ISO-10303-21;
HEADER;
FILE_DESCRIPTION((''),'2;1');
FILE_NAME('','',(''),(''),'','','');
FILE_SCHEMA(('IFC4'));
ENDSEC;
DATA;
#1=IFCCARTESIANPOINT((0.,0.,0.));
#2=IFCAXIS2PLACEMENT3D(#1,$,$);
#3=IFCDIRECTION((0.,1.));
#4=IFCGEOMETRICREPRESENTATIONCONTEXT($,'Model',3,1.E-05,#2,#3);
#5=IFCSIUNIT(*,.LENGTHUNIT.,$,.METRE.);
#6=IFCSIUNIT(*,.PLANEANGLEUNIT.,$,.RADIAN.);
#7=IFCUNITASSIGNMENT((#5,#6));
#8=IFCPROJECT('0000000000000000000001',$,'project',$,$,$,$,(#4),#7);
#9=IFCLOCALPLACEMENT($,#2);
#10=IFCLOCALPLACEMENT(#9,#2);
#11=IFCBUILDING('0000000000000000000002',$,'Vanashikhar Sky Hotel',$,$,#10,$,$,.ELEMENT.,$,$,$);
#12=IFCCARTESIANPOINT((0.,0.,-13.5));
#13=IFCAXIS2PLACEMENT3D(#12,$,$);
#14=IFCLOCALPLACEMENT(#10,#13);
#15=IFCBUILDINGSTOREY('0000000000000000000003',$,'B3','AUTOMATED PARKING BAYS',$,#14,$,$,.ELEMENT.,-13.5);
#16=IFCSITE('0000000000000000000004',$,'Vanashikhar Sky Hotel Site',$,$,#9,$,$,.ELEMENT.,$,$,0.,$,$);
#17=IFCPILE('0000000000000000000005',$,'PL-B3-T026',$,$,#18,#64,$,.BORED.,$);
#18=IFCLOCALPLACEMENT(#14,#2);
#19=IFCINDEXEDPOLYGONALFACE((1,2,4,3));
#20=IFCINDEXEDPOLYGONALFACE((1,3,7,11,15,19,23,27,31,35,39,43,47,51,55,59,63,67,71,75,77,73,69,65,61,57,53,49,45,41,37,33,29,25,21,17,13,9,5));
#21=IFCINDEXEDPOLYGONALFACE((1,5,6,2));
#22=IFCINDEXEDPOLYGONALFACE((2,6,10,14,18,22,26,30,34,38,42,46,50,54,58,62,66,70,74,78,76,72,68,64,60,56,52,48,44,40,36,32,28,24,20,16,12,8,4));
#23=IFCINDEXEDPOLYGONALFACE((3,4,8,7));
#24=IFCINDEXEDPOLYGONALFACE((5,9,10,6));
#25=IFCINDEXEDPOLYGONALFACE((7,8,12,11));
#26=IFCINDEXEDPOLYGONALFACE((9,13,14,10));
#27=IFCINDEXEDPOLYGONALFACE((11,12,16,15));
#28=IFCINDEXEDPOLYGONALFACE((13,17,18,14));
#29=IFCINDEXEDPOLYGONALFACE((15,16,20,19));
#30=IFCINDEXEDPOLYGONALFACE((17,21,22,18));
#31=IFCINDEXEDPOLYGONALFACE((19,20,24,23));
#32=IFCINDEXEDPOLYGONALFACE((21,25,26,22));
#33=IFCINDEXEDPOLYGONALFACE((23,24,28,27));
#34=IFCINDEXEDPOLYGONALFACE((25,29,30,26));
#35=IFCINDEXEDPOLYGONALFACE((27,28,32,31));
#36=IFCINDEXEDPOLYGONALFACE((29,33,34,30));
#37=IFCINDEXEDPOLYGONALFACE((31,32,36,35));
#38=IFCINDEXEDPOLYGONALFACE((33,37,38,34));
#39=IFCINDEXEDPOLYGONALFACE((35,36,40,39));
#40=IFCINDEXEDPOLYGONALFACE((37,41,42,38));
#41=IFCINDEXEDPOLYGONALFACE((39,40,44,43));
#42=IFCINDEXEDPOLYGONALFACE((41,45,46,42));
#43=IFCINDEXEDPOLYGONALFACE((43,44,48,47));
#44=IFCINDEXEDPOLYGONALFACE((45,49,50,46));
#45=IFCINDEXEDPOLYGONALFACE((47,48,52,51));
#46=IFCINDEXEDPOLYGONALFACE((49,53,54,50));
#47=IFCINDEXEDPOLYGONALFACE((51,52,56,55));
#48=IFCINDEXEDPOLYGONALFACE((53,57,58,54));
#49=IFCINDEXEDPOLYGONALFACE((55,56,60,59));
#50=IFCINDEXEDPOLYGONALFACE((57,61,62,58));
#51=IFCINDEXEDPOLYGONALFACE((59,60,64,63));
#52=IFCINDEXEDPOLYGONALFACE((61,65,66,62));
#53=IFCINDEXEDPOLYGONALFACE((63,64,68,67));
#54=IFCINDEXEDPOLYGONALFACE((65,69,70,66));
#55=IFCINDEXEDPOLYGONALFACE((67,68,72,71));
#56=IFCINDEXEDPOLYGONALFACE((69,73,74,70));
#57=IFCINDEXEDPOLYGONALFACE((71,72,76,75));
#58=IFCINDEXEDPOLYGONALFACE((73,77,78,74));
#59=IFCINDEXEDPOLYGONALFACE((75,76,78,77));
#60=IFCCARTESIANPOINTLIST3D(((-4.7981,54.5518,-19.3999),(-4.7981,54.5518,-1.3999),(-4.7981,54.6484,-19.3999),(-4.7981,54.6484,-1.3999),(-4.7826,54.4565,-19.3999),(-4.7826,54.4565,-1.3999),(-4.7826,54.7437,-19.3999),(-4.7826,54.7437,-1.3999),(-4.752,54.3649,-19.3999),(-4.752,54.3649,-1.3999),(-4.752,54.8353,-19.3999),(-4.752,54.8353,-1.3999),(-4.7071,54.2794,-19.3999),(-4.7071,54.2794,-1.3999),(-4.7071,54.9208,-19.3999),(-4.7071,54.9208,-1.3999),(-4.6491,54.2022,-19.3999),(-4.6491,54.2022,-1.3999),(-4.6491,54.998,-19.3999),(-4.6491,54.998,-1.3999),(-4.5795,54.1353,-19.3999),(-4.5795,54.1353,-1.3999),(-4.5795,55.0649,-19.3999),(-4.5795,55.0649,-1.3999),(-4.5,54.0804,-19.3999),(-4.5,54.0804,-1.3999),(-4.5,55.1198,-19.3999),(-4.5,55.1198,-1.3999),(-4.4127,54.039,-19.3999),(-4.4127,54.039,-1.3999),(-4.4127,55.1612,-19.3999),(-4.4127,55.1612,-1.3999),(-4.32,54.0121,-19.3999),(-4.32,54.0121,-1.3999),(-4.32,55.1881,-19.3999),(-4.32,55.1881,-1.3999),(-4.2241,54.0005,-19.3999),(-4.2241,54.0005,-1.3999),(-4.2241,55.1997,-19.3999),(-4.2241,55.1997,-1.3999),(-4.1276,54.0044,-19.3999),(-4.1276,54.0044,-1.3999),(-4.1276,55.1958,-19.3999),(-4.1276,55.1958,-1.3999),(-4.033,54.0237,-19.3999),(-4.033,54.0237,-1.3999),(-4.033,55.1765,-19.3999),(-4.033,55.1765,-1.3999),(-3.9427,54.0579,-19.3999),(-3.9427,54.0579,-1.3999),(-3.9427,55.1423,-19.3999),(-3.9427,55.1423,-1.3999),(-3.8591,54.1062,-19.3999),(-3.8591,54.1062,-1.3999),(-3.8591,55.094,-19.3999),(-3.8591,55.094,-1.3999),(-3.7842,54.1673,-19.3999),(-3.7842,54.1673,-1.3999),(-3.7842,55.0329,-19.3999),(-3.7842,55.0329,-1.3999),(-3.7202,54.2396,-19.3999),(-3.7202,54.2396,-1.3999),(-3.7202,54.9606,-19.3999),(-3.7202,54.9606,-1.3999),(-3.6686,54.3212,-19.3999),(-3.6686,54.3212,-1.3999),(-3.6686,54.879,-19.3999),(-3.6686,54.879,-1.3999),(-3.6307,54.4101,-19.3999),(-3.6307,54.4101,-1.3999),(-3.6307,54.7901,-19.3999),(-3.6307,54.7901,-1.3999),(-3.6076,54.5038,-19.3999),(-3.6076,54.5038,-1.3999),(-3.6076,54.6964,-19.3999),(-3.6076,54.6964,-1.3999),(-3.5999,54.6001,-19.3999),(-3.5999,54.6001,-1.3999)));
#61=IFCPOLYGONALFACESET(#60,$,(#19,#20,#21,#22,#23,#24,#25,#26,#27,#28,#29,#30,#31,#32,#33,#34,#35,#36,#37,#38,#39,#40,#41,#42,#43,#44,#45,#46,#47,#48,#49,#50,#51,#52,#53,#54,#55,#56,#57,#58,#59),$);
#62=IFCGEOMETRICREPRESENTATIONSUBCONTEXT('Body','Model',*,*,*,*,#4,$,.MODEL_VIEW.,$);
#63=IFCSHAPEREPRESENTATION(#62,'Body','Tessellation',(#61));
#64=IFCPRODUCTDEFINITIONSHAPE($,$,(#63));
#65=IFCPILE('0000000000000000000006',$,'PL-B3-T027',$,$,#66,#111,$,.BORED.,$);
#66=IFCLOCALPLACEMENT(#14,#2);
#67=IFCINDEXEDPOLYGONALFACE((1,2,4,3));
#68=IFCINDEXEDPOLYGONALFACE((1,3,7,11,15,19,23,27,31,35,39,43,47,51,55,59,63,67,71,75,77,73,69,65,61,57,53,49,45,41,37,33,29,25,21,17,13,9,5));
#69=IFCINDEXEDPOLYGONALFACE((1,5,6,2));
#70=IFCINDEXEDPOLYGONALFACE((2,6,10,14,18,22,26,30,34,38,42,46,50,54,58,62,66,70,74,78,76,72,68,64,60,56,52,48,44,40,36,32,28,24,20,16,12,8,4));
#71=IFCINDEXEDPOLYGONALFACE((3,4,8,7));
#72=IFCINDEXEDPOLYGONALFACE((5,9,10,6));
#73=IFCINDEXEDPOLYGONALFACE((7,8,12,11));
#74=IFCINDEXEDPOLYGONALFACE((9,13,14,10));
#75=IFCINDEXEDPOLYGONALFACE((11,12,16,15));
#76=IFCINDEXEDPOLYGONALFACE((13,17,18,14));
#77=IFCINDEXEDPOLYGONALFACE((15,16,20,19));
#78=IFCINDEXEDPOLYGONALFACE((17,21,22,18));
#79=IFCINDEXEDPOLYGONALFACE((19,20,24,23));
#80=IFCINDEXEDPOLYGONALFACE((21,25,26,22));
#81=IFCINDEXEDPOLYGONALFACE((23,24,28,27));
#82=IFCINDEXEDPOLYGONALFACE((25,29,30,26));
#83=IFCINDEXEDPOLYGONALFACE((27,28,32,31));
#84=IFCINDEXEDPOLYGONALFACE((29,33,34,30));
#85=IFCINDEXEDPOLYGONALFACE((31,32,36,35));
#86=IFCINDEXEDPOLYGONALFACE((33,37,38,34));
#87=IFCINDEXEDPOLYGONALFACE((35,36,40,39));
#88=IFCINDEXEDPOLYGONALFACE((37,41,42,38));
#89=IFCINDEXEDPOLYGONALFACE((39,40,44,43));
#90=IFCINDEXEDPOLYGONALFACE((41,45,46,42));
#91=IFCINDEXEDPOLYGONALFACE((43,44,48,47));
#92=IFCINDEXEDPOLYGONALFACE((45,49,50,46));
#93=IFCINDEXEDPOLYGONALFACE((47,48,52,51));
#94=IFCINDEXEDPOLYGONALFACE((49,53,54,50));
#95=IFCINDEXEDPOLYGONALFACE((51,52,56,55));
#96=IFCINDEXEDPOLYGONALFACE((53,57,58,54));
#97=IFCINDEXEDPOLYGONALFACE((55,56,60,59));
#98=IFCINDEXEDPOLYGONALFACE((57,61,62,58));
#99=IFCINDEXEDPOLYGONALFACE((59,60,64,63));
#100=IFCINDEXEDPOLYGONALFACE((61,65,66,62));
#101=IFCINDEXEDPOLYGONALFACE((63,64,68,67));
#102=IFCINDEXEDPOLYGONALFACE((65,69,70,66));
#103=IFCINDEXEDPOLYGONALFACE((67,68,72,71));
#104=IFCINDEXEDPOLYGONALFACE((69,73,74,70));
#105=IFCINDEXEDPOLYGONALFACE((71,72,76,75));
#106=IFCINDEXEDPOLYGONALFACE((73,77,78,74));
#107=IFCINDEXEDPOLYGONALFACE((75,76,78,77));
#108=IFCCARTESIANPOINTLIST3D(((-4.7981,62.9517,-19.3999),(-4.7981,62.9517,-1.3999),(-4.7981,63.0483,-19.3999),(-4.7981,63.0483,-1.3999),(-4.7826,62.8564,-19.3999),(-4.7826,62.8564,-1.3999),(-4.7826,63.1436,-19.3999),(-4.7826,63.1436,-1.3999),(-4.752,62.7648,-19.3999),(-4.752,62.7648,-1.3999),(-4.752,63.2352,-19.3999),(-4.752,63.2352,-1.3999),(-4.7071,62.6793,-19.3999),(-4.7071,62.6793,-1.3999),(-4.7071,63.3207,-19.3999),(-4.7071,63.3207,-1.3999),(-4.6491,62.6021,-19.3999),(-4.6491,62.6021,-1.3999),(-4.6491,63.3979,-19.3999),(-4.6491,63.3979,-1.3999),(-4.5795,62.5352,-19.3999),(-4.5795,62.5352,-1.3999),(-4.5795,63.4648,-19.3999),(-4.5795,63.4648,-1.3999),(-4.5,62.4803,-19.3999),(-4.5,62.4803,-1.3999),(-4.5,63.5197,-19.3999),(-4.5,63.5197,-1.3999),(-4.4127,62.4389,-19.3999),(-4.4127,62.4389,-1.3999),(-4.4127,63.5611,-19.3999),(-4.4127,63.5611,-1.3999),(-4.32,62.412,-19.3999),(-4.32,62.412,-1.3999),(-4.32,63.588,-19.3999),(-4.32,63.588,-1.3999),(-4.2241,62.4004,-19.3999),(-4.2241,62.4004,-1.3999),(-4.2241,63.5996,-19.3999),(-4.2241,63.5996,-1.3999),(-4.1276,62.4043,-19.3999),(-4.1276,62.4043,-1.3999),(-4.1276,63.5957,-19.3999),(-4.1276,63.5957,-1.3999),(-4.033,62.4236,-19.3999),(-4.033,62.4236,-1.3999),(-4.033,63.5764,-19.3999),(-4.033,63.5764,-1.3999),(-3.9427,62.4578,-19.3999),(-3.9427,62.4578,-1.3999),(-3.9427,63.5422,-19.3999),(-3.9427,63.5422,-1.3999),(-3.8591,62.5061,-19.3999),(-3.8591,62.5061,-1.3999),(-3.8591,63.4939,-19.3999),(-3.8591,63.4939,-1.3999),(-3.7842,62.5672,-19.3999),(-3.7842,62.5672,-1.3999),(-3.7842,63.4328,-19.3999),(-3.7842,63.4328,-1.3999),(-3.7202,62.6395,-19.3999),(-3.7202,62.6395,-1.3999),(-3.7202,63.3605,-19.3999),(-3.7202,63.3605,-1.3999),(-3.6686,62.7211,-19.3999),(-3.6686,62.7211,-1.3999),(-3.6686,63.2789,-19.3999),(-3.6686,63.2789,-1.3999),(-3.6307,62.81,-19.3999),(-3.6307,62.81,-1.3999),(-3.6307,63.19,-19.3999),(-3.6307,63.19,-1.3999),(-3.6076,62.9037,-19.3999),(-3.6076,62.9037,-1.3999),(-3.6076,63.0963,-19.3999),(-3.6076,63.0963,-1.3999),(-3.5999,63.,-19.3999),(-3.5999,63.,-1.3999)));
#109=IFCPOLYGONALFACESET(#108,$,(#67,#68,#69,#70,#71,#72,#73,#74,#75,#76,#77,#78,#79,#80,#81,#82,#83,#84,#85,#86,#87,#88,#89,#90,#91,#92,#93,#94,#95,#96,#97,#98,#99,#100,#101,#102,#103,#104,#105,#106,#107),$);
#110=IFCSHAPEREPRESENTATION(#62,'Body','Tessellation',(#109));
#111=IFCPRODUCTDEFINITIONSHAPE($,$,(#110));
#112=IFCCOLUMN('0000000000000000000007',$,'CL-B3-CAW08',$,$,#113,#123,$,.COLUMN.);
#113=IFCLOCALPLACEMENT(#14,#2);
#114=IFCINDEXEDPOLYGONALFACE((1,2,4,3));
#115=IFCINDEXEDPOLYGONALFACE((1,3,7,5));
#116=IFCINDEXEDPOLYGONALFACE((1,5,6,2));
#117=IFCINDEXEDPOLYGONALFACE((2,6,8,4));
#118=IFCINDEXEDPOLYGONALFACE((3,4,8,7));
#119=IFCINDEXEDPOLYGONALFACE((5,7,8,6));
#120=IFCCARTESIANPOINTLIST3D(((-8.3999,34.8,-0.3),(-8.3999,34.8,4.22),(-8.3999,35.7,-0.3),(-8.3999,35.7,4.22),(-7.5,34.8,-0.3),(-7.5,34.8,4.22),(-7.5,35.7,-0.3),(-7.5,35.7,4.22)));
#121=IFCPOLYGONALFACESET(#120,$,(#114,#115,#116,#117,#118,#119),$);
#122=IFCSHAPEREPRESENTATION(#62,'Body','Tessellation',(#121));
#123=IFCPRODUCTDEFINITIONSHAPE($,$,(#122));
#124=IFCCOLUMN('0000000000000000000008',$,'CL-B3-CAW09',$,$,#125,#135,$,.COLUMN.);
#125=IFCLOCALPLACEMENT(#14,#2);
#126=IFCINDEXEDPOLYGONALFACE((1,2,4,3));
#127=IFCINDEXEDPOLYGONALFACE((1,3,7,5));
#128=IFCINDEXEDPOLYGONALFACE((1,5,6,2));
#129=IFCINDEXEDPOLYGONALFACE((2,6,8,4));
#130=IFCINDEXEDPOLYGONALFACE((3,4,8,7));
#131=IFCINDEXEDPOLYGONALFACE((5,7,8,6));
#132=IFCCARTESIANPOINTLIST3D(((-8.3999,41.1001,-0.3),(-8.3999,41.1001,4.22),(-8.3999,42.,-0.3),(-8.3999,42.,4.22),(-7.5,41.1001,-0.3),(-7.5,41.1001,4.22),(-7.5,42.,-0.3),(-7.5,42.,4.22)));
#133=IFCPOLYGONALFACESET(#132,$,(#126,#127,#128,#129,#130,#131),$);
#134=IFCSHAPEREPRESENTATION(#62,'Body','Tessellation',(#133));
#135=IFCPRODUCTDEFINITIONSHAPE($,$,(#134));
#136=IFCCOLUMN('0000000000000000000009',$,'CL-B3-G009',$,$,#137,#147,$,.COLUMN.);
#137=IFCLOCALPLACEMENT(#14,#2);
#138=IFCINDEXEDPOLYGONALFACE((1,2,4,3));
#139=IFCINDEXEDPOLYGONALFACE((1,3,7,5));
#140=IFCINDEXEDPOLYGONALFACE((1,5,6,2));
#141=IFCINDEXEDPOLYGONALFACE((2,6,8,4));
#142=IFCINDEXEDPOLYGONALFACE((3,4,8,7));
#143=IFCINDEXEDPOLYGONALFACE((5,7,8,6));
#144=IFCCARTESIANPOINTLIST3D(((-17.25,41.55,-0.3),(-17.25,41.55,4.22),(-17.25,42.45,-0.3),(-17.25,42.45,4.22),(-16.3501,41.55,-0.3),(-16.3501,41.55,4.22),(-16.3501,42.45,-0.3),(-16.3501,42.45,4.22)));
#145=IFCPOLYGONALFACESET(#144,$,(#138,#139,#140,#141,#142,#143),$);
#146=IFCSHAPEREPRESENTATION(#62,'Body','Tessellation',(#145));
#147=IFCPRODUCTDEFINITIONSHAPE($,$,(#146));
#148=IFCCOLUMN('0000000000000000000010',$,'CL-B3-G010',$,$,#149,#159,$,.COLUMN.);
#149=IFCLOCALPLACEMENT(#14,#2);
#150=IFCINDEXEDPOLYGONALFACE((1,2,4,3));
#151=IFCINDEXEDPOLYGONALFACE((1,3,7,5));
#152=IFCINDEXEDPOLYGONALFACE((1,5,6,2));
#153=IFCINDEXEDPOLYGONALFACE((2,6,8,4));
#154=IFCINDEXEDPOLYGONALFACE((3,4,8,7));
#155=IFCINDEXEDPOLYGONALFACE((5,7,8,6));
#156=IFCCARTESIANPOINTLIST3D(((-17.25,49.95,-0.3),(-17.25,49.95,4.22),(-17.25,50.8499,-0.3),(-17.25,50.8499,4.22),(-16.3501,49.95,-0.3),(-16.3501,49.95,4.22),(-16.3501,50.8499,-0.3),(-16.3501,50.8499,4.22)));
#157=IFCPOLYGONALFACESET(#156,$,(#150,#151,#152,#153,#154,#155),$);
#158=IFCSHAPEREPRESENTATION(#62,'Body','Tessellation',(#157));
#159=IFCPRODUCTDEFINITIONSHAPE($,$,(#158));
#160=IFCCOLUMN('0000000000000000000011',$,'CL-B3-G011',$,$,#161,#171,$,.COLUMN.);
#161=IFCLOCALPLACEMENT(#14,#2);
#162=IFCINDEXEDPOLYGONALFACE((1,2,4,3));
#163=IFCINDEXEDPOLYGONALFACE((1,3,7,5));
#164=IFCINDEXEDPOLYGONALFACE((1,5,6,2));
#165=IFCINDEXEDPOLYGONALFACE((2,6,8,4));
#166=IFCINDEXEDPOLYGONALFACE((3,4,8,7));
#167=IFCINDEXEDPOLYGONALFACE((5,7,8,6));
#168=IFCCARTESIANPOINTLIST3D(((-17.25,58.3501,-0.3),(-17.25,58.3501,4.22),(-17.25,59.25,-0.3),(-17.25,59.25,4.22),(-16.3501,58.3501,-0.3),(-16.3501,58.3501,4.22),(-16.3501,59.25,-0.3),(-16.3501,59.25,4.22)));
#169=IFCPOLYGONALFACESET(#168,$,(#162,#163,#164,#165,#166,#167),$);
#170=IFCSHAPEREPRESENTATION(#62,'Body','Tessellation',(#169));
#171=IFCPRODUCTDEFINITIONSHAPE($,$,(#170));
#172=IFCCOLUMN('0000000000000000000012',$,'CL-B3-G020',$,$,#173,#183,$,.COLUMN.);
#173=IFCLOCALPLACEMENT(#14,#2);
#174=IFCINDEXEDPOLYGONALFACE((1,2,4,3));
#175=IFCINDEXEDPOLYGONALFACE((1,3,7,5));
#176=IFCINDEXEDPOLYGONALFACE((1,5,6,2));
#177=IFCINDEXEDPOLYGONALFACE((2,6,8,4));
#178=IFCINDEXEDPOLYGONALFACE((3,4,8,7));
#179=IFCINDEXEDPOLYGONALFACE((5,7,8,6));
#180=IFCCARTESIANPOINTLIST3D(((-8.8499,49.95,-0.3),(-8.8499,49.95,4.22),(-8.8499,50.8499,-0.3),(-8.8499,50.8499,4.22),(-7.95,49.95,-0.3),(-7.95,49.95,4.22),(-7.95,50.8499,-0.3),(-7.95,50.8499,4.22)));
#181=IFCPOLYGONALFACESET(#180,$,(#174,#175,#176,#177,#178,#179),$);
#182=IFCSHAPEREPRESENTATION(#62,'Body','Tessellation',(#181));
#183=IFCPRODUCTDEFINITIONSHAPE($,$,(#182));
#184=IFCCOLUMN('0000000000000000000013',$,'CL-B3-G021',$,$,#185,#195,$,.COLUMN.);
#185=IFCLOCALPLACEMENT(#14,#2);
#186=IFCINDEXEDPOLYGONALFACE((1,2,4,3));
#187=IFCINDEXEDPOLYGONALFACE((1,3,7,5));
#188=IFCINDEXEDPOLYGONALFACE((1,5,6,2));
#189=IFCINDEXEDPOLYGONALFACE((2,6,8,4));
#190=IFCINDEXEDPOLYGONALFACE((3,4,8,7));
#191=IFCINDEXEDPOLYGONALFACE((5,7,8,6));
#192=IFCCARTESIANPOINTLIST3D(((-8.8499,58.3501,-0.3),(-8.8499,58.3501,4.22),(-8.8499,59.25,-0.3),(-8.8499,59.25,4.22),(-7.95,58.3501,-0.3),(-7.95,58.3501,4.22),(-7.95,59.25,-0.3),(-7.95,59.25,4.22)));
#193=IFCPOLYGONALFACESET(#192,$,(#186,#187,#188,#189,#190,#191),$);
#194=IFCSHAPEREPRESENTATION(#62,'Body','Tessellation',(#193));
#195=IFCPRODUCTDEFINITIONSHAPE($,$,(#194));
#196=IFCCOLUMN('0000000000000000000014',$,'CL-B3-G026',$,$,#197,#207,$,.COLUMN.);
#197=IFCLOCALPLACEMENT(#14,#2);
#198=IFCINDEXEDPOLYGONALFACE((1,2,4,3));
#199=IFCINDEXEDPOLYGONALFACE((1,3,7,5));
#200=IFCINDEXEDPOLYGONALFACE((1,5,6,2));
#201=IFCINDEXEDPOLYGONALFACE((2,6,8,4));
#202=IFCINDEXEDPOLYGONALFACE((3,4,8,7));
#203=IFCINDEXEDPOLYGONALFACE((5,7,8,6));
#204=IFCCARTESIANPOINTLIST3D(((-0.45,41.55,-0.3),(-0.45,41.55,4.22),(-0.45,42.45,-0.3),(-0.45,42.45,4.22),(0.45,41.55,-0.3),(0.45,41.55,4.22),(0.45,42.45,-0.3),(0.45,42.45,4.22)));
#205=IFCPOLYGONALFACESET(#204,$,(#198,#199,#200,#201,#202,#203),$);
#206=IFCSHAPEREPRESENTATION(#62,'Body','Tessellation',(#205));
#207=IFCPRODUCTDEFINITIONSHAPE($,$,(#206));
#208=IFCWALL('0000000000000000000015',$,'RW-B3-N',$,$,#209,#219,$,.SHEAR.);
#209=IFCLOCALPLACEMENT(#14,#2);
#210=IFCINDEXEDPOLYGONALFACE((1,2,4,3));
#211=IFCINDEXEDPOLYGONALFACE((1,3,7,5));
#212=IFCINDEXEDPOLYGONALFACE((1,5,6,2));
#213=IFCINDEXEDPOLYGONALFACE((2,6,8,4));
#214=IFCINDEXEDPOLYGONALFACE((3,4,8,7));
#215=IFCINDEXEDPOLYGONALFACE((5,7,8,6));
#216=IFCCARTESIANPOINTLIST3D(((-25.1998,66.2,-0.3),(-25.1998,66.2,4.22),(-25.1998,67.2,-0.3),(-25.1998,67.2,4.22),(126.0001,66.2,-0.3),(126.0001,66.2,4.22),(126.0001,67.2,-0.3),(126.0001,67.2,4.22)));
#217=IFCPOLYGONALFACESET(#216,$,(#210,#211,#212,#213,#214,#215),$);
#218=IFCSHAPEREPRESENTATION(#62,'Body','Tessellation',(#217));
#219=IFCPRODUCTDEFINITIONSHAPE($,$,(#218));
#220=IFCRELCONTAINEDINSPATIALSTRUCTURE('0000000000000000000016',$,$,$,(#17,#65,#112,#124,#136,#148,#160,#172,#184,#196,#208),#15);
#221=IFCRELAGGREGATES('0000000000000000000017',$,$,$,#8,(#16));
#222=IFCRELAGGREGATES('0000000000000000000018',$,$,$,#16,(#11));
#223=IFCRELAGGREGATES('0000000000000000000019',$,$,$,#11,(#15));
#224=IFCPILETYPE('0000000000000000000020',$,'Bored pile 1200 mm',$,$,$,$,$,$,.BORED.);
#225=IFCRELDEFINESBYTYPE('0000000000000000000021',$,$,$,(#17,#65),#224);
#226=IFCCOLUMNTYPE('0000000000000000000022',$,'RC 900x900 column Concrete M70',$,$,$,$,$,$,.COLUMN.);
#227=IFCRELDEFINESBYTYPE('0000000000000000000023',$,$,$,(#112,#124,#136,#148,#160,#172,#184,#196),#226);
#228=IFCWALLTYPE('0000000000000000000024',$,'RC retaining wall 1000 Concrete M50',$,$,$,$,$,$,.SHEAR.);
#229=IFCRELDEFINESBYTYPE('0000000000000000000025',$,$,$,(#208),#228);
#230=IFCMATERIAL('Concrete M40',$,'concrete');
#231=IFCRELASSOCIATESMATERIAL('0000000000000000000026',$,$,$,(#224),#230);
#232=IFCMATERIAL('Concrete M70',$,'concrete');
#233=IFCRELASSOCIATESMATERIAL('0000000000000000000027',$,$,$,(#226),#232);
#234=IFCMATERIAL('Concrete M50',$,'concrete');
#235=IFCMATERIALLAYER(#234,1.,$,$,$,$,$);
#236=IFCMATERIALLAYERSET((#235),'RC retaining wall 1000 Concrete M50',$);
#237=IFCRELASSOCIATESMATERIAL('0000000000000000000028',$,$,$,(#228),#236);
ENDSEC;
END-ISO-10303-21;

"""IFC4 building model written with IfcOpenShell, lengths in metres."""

from ifc_helpers import new_model, si_unit, direction, frame, frame_2d, origin, origin_2d, place, context, subcontext, project, spatial, rectangle, circle, extrude, source, transform, mapped, material, layer, layer_set, material_profile, profile_set, type_object, element, save


model = new_model("IFC4")

# Units and contexts
model_context = context("Model", 3, precision=1e-05, world=origin(), true_north=direction((0.0, 1.0)))
body_context = subcontext(model_context, "Body", "Model", "MODEL_VIEW")
ifc_project = project(units=[si_unit("LENGTHUNIT", "METRE"), si_unit("PLANEANGLEUNIT", "RADIAN")], contexts=[model_context])

# Site, building, storey
site_placement = place(None, origin())
site = spatial("IfcSite", under=ifc_project, at=site_placement, Name="Vanashikhar Sky Hotel Site", CompositionType="ELEMENT", RefElevation=0.0)
building_placement = place(site_placement, origin())
building = spatial("IfcBuilding", under=site, at=building_placement, Name="Vanashikhar Sky Hotel", CompositionType="ELEMENT")
storey_placement = place(building_placement, frame((0.0, 0.0, -13.5)))
storey = spatial("IfcBuildingStorey", under=building, at=storey_placement, Name="B3", Description="AUTOMATED PARKING BAYS", CompositionType="ELEMENT", Elevation=-13.5)

# Piles
ifc_material_1 = material(Name="Concrete M40", Category="concrete")
pile_type_1 = type_object("IfcPileType", Name="Bored pile 1200 mm", PredefinedType="BORED", material=ifc_material_1)
shared_shape_1 = source(origin(), body_context, "Body", "SweptSolid", [
    extrude(circle(Radius=0.6001, at=origin_2d()), origin(), (0.0, 0.0, 1.0), 18.0),
])
for number, where, z_axis, x_axis, name in (
    (1, (-4.2, 54.6001, -1.3999), (0.0, 0.0, -1.0), (1.0, 0.0, 0.0), "PL-B3-T026"),
    (2, (-4.2, 63.0, -1.3999), (0.0, 0.0, -1.0), (1.0, 0.0, 0.0), "PL-B3-T027"),
):
    element("IfcPile", number, at=place(storey_placement, frame(where, z_axis=z_axis, x_axis=x_axis)), inside=storey, type_object=pile_type_1, Name=name, PredefinedType="BORED", context=body_context, shape_type="MappedRepresentation", body=[
        mapped(shared_shape_1, transform((0.0, 0.0, 0.0), scale=1.0)),
    ])

# Columns
ifc_material_2 = material(Name="Concrete M70", Category="concrete")
ifc_material_profile = material_profile(ifc_material_2, rectangle(XDim=0.8999, YDim=0.8999, at=origin_2d()))
ifc_profile_set = profile_set([ifc_material_profile], Name="RC 900x900 column Concrete M70")
column_type = type_object("IfcColumnType", Name="RC 900x900 column Concrete M70", PredefinedType="COLUMN", material=ifc_profile_set)
shared_shape_2 = source(origin(), body_context, "Body", "SweptSolid", [
    extrude(rectangle(XDim=0.8999, YDim=0.8999, at=origin_2d()), origin(), (0.0, 0.0, 1.0), 4.52),
])
for number, where, z_axis, x_axis, name in (
    (3, (-7.95, 35.25, -0.3), (0.0, 0.0, 1.0), (1.0, 0.0, 0.0), "CL-B3-CAW08"),
    (4, (-7.95, 41.55, -0.3), (0.0, 0.0, 1.0), (1.0, 0.0, 0.0), "CL-B3-CAW09"),
    (5, (-16.8, 42.0, -0.3), (0.0, 0.0, 1.0), (1.0, 0.0, 0.0), "CL-B3-G009"),
    (6, (-16.8, 50.3999, -0.3), (0.0, 0.0, 1.0), (1.0, 0.0, 0.0), "CL-B3-G010"),
    (7, (-16.8, 58.8, -0.3), (0.0, 0.0, 1.0), (1.0, 0.0, 0.0), "CL-B3-G011"),
    (8, (-8.3999, 50.3999, -0.3), (0.0, 0.0, 1.0), (1.0, 0.0, 0.0), "CL-B3-G020"),
    (9, (-8.3999, 58.8, -0.3), (0.0, 0.0, 1.0), (1.0, 0.0, 0.0), "CL-B3-G021"),
    (10, (0.0, 42.0, -0.3), (0.0, 0.0, 1.0), (1.0, 0.0, 0.0), "CL-B3-G026"),
):
    element("IfcColumn", number, at=place(storey_placement, frame(where, z_axis=z_axis, x_axis=x_axis)), inside=storey, type_object=column_type, Name=name, PredefinedType="COLUMN", context=body_context, shape_type="MappedRepresentation", body=[
        mapped(shared_shape_2, transform((0.0, 0.0, 0.0), scale=1.0)),
    ])

# Wall
ifc_material_3 = material(Name="Concrete M50", Category="concrete")
ifc_layer = layer(ifc_material_3, 1.0)
ifc_layer_set = layer_set([ifc_layer], Name="RC retaining wall 1000 Concrete M50")
wall_type = type_object("IfcWallType", Name="RC retaining wall 1000 Concrete M50", PredefinedType="SHEAR", material=ifc_layer_set)
shared_shape_3 = source(origin(), body_context, "Body", "SweptSolid", [
    extrude(rectangle(XDim=151.2, YDim=1.0, at=frame_2d((75.6001, 0.0))), origin(), (0.0, 0.0, 1.0), 4.52),
])
wall_placement = place(storey_placement, frame((-25.2, 66.7, -0.3), z_axis=(0.0, 0.0, 1.0), x_axis=(1.0, 0.0, 0.0)))
element("IfcWall", 11, at=wall_placement, inside=storey, type_object=wall_type, Name="RW-B3-N", PredefinedType="SHEAR", context=body_context, shape_type="MappedRepresentation", body=[
    mapped(shared_shape_3, transform((0.0, 0.0, 0.0), scale=1.0)),
])

save(model, "model.ifc")
